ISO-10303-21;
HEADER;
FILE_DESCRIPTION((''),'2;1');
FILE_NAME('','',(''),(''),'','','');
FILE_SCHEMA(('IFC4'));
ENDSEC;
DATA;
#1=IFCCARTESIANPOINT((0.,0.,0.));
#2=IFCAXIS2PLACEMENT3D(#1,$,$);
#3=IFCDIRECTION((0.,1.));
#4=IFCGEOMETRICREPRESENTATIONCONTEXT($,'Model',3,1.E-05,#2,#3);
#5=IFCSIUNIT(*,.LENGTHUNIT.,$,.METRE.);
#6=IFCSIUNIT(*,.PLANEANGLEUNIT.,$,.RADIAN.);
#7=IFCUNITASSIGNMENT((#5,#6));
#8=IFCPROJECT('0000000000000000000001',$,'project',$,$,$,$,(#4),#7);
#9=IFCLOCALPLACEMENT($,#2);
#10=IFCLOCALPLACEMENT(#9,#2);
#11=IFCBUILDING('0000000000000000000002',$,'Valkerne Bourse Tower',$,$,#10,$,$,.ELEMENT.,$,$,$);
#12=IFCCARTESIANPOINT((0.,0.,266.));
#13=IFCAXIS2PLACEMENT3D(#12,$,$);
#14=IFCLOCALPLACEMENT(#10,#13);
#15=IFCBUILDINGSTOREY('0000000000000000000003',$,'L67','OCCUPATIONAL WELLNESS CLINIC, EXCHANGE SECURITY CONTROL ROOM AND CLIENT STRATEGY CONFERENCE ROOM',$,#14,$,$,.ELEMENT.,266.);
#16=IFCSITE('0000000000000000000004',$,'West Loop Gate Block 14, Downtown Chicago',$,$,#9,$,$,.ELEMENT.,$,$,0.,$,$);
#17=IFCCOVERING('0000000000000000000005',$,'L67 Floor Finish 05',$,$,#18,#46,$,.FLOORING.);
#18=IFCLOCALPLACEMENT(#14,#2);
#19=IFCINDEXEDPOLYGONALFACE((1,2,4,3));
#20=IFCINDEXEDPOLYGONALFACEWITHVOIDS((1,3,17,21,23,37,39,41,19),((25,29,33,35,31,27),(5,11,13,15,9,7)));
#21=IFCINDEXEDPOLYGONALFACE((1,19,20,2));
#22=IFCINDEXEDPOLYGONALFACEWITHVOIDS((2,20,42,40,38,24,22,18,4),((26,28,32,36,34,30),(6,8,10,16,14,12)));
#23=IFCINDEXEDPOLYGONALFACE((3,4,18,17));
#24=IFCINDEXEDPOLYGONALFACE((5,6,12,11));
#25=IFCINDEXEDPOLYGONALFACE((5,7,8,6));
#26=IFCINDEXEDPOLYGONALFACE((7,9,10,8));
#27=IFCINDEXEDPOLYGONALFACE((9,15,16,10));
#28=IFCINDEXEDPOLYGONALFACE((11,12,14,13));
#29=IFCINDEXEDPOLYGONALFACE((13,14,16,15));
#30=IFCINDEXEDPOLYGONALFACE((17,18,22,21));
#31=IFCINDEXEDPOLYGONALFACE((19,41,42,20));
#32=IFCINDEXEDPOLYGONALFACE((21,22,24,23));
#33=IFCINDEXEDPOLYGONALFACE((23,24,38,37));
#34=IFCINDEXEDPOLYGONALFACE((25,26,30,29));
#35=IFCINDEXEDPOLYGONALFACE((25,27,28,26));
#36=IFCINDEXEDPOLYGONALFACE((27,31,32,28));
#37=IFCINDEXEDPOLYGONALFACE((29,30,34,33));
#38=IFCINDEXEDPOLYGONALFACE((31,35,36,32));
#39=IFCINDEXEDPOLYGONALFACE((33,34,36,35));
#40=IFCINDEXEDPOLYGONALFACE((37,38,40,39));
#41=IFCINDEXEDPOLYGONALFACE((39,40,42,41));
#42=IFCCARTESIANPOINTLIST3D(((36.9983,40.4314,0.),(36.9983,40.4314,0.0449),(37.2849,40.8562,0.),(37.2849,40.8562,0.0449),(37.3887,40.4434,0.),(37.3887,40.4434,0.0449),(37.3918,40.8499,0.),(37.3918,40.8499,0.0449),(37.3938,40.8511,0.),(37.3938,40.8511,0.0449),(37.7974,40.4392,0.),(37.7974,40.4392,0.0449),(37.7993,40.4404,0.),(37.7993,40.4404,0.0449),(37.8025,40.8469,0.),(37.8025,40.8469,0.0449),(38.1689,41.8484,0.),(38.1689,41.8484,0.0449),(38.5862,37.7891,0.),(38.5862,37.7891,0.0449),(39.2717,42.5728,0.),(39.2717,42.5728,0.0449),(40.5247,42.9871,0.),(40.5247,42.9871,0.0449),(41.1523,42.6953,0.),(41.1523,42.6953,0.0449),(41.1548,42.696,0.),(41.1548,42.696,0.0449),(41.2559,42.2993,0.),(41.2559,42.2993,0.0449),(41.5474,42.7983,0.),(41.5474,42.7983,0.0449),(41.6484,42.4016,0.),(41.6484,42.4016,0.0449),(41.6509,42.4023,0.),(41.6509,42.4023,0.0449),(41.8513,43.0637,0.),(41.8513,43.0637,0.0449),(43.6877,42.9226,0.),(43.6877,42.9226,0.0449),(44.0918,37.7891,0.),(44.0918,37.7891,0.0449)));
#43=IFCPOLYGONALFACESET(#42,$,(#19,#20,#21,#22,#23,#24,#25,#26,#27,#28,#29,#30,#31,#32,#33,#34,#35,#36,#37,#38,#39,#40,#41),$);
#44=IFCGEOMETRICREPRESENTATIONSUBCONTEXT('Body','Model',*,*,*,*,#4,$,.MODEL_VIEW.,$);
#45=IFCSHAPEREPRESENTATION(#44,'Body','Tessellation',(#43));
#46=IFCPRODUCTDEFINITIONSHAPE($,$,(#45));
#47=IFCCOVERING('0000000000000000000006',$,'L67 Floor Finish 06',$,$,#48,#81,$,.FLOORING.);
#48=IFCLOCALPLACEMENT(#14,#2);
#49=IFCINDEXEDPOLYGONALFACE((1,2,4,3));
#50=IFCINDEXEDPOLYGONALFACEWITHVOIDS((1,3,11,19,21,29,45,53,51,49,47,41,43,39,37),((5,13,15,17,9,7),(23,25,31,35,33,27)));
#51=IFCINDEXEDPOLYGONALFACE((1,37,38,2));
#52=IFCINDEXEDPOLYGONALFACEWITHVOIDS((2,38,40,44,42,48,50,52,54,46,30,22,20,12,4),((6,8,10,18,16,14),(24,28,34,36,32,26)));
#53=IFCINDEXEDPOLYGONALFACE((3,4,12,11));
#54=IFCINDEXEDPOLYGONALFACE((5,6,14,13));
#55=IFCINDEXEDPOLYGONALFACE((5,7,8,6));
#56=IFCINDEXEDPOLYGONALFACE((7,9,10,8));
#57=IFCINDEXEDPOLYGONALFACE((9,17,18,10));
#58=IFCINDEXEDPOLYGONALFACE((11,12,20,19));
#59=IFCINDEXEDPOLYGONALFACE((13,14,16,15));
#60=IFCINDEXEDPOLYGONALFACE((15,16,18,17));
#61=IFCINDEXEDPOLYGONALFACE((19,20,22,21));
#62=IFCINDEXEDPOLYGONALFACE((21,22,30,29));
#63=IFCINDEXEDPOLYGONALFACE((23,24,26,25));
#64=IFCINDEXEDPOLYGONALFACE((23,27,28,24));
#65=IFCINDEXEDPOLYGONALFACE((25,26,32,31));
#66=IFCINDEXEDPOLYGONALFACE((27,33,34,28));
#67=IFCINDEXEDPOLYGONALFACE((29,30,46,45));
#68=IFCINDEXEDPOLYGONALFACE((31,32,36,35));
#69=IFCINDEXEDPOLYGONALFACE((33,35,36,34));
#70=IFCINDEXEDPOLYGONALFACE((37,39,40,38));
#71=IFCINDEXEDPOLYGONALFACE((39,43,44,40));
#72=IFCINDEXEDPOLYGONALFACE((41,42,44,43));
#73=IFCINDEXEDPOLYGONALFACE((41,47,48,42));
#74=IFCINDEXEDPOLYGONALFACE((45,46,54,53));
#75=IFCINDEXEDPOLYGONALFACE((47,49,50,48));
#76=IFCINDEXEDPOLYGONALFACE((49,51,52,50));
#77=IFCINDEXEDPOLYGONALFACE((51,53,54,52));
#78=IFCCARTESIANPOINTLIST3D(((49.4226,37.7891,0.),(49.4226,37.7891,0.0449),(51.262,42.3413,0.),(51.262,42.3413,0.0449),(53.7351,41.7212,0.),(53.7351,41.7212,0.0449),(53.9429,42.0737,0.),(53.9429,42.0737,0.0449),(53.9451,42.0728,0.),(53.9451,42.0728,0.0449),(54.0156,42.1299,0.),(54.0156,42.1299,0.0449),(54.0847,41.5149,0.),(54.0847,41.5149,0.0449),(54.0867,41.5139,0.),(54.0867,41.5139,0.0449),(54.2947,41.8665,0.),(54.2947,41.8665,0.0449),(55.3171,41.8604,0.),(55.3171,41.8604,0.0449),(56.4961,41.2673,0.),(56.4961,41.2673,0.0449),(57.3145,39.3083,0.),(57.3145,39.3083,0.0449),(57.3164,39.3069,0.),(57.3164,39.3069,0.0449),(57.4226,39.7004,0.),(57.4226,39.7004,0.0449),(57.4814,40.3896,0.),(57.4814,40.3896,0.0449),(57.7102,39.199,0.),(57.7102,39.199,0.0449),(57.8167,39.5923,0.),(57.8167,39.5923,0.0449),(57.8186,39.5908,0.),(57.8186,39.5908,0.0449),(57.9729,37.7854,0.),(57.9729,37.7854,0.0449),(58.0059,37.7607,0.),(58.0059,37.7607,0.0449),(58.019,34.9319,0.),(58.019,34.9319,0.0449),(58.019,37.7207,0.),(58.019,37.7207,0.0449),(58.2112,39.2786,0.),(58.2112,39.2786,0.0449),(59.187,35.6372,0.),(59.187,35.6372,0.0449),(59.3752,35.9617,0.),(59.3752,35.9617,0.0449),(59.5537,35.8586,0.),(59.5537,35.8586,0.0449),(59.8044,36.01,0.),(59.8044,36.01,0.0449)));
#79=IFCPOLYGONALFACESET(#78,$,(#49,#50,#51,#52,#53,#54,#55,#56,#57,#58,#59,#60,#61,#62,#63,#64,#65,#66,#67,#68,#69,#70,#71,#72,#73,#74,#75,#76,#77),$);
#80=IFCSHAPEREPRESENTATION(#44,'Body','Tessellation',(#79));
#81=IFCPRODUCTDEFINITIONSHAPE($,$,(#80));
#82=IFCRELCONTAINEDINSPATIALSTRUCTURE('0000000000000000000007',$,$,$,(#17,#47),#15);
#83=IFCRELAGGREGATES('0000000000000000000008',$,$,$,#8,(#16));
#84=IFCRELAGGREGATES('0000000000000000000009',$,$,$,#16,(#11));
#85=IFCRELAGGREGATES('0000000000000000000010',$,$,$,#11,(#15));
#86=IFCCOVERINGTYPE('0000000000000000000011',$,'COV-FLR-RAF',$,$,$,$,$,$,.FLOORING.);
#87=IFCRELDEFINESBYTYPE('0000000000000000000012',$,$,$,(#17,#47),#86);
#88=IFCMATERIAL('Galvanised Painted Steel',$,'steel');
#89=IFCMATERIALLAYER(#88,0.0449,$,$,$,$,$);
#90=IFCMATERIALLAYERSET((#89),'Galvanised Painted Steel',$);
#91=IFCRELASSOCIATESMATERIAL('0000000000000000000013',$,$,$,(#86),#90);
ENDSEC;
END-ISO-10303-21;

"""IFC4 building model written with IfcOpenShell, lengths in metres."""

from ifc_helpers import new_model, si_unit, direction, frame, origin, place, context, subcontext, project, spatial, polyline, outline, extrude, material, layer, layer_set, type_object, element, save


model = new_model("IFC4")

# Units and contexts
model_context = context("Model", 3, precision=1e-05, world=origin(), true_north=direction((0.0, 1.0)))
body_context = subcontext(model_context, "Body", "Model", "MODEL_VIEW")
ifc_project = project(units=[si_unit("LENGTHUNIT", "METRE"), si_unit("PLANEANGLEUNIT", "RADIAN")], contexts=[model_context])

# Site, building, storey
site_placement = place(None, origin())
site = spatial("IfcSite", under=ifc_project, at=site_placement, Name="West Loop Gate Block 14, Downtown Chicago", CompositionType="ELEMENT", RefElevation=0.0)
building_placement = place(site_placement, origin())
building = spatial("IfcBuilding", under=site, at=building_placement, Name="Valkerne Bourse Tower", CompositionType="ELEMENT")
storey_placement = place(building_placement, frame((0.0, 0.0, 266.0)))
storey = spatial("IfcBuildingStorey", under=building, at=storey_placement, Name="L67", Description="OCCUPATIONAL WELLNESS CLINIC, EXCHANGE SECURITY CONTROL ROOM AND CLIENT STRATEGY CONFERENCE ROOM", CompositionType="ELEMENT", Elevation=266.0)

# Coverings
ifc_material_1 = material(Name="Galvanised Painted Steel", Category="steel")
ifc_layer_1 = layer(ifc_material_1, 0.0449)
ifc_layer_set_1 = layer_set([ifc_layer_1], Name="Galvanised Painted Steel")
covering_type_1 = type_object("IfcCoveringType", Name="COV-FLR-RAF", PredefinedType="FLOORING", material=ifc_layer_set_1)
covering_1_placement = place(storey_placement, origin())
element("IfcCovering", 1, at=covering_1_placement, inside=storey, type_object=covering_type_1, Name="L67 Floor Finish 05", PredefinedType="FLOORING", context=body_context, shape_type="SweptSolid", body=[
    extrude(outline(polyline([(39.2717, 42.5728), (40.5247, 42.9871), (41.8513, 43.0637), (43.6877, 42.9226), (44.0918, 37.7891), (38.5862, 37.7891), (36.9983, 40.4314), (37.2849, 40.8562), (38.1689, 41.8484), (39.2717, 42.5728)]), holes=[polyline([(37.7993, 40.4404), (37.8025, 40.8469), (37.3938, 40.8511), (37.3918, 40.8499), (37.3887, 40.4434), (37.7974, 40.4392), (37.7993, 40.4404)]), polyline([(41.6509, 42.4023), (41.5474, 42.7983), (41.1548, 42.696), (41.1523, 42.6953), (41.2559, 42.2993), (41.6484, 42.4016), (41.6509, 42.4023)])]), origin(), (0.0, 0.0, 1.0), 0.0449),
])
covering_2_placement = place(storey_placement, origin())
element("IfcCovering", 2, at=covering_2_placement, inside=storey, type_object=covering_type_1, Name="L67 Floor Finish 06", PredefinedType="FLOORING", context=body_context, shape_type="SweptSolid", body=[
    extrude(outline(polyline([(56.4961, 41.2673), (57.4814, 40.3896), (58.2112, 39.2786), (59.8044, 36.01), (59.5537, 35.8586), (59.3752, 35.9617), (59.187, 35.6372), (58.019, 34.9319), (58.019, 37.7207), (58.0059, 37.7607), (57.9729, 37.7854), (49.4226, 37.7891), (51.262, 42.3413), (54.0156, 42.1299), (55.3171, 41.8604), (56.4961, 41.2673)]), holes=[polyline([(57.8167, 39.5923), (57.4226, 39.7004), (57.3145, 39.3083), (57.3164, 39.3069), (57.7102, 39.199), (57.8186, 39.5908), (57.8167, 39.5923)]), polyline([(53.9451, 42.0728), (53.9429, 42.0737), (53.7351, 41.7212), (54.0847, 41.5149), (54.0867, 41.5139), (54.2947, 41.8665), (53.9451, 42.0728)])]), origin(), (0.0, 0.0, 1.0), 0.0449),
])

save(model, "model.ifc")
